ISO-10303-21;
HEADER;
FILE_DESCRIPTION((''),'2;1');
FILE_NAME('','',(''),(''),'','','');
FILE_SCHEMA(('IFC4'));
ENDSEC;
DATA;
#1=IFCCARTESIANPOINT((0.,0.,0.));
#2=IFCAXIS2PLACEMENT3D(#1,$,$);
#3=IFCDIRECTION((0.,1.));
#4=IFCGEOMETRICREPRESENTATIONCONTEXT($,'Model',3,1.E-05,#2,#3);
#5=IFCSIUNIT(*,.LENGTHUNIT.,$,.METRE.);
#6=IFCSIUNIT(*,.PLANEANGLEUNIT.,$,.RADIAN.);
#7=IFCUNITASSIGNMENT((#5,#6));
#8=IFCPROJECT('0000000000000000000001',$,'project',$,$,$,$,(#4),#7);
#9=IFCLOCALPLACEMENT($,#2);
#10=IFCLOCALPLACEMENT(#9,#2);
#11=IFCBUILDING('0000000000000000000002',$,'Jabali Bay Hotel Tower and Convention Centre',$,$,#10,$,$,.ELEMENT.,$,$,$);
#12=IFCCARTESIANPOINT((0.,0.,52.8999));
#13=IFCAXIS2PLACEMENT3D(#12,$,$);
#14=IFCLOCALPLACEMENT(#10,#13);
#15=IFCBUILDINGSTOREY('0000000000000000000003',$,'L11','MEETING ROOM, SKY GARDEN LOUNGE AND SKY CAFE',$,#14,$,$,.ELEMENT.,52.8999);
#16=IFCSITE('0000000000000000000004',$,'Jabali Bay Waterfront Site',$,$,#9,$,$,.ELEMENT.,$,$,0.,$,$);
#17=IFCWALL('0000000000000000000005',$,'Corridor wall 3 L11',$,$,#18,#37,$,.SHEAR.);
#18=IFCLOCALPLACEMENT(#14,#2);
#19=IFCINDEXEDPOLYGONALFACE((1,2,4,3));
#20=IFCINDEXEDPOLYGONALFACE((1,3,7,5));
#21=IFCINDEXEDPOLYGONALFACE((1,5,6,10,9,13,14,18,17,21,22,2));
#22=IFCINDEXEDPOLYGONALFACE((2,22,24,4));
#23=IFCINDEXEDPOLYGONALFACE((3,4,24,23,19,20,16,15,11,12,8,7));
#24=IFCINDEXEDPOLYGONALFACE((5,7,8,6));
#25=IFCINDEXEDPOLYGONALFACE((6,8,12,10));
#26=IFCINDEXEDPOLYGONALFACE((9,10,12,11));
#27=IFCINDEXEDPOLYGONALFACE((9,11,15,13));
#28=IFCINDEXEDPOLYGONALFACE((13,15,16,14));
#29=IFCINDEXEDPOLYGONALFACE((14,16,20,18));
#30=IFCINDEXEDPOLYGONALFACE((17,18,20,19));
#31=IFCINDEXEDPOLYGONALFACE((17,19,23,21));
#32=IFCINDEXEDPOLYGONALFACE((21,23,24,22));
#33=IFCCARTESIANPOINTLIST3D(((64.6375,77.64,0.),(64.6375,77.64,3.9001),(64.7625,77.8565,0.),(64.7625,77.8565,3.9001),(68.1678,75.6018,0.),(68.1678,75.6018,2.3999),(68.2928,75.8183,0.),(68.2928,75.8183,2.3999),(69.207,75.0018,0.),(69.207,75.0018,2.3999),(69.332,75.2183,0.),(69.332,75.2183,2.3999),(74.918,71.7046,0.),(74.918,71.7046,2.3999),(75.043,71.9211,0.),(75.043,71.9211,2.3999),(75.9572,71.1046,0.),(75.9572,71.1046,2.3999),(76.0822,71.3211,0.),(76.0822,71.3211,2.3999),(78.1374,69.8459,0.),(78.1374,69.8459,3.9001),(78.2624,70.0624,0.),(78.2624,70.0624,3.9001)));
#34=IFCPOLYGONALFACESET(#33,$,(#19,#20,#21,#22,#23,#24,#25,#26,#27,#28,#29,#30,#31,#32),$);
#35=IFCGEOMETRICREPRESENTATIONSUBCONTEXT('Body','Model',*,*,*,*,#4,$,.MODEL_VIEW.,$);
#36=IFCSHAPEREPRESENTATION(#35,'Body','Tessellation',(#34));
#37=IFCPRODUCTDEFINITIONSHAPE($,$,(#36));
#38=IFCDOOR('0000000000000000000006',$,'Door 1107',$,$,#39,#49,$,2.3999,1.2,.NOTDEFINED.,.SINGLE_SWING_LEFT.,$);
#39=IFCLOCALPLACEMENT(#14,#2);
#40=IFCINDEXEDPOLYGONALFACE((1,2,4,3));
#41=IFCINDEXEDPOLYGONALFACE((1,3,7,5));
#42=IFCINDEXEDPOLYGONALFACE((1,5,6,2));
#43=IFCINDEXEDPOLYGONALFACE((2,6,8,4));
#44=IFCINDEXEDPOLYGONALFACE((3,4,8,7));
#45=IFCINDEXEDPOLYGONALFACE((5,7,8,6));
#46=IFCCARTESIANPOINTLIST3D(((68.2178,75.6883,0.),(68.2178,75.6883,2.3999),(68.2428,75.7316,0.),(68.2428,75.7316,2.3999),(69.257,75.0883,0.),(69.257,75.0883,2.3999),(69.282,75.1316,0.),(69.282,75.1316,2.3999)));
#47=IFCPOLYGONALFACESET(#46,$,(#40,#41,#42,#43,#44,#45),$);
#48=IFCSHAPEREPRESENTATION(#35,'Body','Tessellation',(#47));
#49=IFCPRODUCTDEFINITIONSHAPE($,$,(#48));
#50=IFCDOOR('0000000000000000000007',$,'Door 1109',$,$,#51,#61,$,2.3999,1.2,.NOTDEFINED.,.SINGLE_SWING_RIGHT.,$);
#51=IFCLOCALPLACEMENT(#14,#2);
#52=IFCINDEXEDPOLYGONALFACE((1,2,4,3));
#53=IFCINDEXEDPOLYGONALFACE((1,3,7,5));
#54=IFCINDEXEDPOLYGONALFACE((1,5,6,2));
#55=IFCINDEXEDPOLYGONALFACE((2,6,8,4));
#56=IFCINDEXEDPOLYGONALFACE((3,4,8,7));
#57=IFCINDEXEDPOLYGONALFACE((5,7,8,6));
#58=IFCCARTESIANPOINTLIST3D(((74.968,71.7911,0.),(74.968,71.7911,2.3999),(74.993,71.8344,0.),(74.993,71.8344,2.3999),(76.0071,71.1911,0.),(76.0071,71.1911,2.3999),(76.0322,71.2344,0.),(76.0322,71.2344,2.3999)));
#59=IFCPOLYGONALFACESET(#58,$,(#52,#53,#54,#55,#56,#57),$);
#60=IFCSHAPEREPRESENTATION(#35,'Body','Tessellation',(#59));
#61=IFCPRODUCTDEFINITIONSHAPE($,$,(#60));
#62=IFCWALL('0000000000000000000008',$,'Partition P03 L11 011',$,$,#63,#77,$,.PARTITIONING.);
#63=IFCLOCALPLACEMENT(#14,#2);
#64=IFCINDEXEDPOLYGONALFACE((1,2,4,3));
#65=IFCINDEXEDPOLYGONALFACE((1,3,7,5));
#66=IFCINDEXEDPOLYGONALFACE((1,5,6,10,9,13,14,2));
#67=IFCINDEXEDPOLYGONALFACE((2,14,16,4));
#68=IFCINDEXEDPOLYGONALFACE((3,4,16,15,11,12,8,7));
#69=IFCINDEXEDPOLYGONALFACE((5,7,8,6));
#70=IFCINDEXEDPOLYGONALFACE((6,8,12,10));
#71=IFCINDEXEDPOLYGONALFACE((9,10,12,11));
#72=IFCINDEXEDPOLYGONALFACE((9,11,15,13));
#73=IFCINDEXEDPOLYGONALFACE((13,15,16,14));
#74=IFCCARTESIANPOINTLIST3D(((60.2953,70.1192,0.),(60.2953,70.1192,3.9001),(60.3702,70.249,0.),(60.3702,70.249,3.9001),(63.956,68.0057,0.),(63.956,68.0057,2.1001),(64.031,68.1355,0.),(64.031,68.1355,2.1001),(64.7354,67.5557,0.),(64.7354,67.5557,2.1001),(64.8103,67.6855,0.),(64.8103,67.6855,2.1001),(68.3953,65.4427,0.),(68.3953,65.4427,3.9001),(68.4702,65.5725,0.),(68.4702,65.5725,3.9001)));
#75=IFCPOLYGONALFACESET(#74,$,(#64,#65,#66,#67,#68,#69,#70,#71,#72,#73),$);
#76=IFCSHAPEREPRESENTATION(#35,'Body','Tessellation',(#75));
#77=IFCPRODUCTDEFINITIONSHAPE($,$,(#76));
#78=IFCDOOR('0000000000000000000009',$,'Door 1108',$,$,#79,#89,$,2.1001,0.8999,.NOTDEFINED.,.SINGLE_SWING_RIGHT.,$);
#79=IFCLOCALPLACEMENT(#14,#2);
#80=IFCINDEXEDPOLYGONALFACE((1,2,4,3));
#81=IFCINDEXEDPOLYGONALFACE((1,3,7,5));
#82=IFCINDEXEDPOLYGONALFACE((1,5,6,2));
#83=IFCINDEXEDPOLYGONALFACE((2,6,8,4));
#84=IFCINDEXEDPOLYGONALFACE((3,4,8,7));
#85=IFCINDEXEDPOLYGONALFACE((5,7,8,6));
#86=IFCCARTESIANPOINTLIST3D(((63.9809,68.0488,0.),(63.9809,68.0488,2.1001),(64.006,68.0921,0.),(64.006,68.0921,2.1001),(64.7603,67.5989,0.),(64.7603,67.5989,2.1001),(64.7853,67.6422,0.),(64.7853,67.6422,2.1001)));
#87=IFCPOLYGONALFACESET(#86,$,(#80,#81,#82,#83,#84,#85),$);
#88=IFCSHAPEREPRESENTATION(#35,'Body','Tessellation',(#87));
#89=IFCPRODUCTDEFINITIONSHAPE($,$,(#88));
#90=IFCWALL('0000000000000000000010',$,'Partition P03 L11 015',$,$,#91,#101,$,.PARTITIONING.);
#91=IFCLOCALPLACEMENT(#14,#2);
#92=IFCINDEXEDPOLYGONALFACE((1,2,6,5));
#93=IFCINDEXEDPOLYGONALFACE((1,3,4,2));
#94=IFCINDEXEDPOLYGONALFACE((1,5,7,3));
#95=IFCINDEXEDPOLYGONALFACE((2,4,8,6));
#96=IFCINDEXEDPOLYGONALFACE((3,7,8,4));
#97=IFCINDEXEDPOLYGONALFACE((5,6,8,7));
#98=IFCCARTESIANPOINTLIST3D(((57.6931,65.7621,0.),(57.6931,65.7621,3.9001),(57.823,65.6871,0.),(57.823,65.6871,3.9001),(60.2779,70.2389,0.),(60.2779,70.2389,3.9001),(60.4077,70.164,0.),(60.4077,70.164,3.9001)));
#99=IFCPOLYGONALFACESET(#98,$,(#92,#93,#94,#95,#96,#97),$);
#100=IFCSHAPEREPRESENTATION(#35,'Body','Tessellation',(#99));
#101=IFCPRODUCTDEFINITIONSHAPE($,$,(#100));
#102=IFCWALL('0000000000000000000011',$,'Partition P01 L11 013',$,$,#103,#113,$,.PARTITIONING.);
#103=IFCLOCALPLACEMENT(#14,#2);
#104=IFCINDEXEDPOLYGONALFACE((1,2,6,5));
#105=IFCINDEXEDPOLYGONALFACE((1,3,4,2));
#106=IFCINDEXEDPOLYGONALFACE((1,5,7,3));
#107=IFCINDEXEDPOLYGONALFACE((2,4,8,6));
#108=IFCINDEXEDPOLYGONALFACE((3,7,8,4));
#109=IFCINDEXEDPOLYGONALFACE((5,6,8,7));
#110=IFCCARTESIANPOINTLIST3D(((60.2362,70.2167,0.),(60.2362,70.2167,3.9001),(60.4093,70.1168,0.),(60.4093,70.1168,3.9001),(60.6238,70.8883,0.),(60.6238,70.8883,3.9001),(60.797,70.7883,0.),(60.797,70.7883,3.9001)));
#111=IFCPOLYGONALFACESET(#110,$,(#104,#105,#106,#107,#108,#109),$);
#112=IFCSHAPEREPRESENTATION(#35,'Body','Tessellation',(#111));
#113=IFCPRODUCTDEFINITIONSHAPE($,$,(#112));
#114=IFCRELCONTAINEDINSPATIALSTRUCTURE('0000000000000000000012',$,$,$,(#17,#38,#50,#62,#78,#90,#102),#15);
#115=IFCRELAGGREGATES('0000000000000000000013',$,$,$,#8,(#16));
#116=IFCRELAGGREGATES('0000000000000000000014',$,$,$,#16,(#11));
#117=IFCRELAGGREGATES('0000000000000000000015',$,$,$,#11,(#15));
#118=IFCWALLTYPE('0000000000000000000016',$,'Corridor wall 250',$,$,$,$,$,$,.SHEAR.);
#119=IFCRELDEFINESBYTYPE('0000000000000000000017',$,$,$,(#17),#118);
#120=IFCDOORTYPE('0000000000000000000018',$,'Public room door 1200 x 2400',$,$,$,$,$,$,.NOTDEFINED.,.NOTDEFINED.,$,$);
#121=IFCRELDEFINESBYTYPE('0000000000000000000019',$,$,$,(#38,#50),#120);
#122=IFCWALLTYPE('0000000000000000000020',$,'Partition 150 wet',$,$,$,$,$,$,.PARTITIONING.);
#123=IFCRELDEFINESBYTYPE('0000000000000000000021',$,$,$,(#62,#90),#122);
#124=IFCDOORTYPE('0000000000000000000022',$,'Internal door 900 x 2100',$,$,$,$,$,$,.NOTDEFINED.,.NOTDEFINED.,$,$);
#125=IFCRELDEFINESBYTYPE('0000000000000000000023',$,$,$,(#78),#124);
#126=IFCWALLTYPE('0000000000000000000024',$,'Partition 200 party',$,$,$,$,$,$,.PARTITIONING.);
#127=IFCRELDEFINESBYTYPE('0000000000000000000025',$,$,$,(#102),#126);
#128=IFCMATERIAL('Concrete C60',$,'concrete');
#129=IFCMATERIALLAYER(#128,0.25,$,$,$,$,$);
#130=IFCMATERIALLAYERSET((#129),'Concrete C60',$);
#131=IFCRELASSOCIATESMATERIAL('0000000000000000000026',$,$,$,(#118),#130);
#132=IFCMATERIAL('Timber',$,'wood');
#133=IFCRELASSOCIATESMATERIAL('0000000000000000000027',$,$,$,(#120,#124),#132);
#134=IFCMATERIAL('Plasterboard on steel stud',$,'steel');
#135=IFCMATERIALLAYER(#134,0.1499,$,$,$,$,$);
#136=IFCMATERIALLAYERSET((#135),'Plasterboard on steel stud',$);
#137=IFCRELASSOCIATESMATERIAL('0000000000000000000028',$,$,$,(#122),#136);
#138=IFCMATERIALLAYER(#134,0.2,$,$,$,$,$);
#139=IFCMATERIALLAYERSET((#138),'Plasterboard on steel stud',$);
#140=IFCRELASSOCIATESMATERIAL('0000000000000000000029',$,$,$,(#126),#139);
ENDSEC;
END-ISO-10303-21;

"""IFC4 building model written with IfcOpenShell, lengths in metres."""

from ifc_helpers import new_model, si_unit, direction, frame, frame_2d, origin, place, context, subcontext, project, spatial, rectangle, extrude, material, layer, layer_set, type_object, element, fill, save


model = new_model("IFC4")

# Units and contexts
model_context = context("Model", 3, precision=1e-05, world=origin(), true_north=direction((0.0, 1.0)))
body_context = subcontext(model_context, "Body", "Model", "MODEL_VIEW")
ifc_project = project(units=[si_unit("LENGTHUNIT", "METRE"), si_unit("PLANEANGLEUNIT", "RADIAN")], contexts=[model_context])

# Site, building, storey
site_placement = place(None, origin())
site = spatial("IfcSite", under=ifc_project, at=site_placement, Name="Jabali Bay Waterfront Site", CompositionType="ELEMENT", RefElevation=0.0)
building_placement = place(site_placement, origin())
building = spatial("IfcBuilding", under=site, at=building_placement, Name="Jabali Bay Hotel Tower and Convention Centre", CompositionType="ELEMENT")
storey_placement = place(building_placement, frame((0.0, 0.0, 52.8999)))
storey = spatial("IfcBuildingStorey", under=building, at=storey_placement, Name="L11", Description="MEETING ROOM, SKY GARDEN LOUNGE AND SKY CAFE", CompositionType="ELEMENT", Elevation=52.8999)

# Shared definitions
ifc_material_1 = material(Name="Concrete C60", Category="concrete")

# Wall, openings, doors
ifc_layer_1 = layer(ifc_material_1, 0.25)
ifc_layer_set_1 = layer_set([ifc_layer_1], Name="Concrete C60")
wall_type_1 = type_object("IfcWallType", Name="Corridor wall 250", PredefinedType="SHEAR", material=ifc_layer_set_1)
wall_1_placement = place(storey_placement, frame((64.7, 77.7483, 0.0), z_axis=(0.0, 0.0, 1.0), x_axis=(0.866026, -0.499998, 0.0)))
wall_1 = element("IfcWall", 1, at=wall_1_placement, inside=storey, type_object=wall_type_1, Name="Corridor wall 3 L11", PredefinedType="SHEAR", context=body_context, shape_type="SweptSolid", body=[
    extrude(rectangle(XDim=15.5884, YDim=0.25, at=frame_2d((7.7942, 0.0))), origin(), (0.0, 0.0, 1.0), 3.9001),
])
opening_1_placement = place(wall_1_placement, frame((4.0764, 0.0, 0.0)))
opening_1 = element("IfcOpeningElement", 2, at=opening_1_placement, cuts=wall_1, PredefinedType="OPENING", context=body_context, shape_type="SweptSolid", body=[
    extrude(rectangle(XDim=1.2, YDim=2.3999, at=frame_2d((0.6001, 1.2))), frame((0.0, 0.1355, 0.0), z_axis=(0.0, -1.0, 0.0), x_axis=(1.0, 0.0, 0.0)), (0.0, 0.0, 1.0), 0.271),
])
opening_2_placement = place(wall_1_placement, frame((11.8708, 0.0, 0.0)))
opening_2 = element("IfcOpeningElement", 3, at=opening_2_placement, cuts=wall_1, PredefinedType="OPENING", context=body_context, shape_type="SweptSolid", body=[
    extrude(rectangle(XDim=1.2, YDim=2.3999, at=frame_2d((0.6001, 1.2))), frame((0.0, 0.1355, 0.0), z_axis=(0.0, -1.0, 0.0), x_axis=(1.0, 0.0, 0.0)), (0.0, 0.0, 1.0), 0.271),
])
ifc_material_2 = material(Name="Timber", Category="wood")
door_type_1 = type_object("IfcDoorType", Name="Public room door 1200 x 2400", OperationType="NOTDEFINED", PredefinedType="NOTDEFINED", material=ifc_material_2)
door_1_placement = place(opening_1_placement, origin())
door_1 = element("IfcDoor", 4, at=door_1_placement, inside=storey, type_object=door_type_1, Name="Door 1107", OperationType="SINGLE_SWING_LEFT", OverallHeight=2.3999, OverallWidth=1.2, PredefinedType="NOTDEFINED", context=body_context, shape_type="SweptSolid", body=[
    extrude(rectangle(XDim=1.2, YDim=2.3999, at=frame_2d((0.6001, 1.2))), frame((0.0, 0.0249, 0.0), z_axis=(0.0, -1.0, 0.0), x_axis=(1.0, 0.0, 0.0)), (0.0, 0.0, 1.0), 0.05),
])
fill(opening_1, door_1)
door_2_placement = place(opening_2_placement, origin())
door_2 = element("IfcDoor", 5, at=door_2_placement, inside=storey, type_object=door_type_1, Name="Door 1109", OperationType="SINGLE_SWING_RIGHT", OverallHeight=2.3999, OverallWidth=1.2, PredefinedType="NOTDEFINED", context=body_context, shape_type="SweptSolid", body=[
    extrude(rectangle(XDim=1.2, YDim=2.3999, at=frame_2d((0.6001, 1.2))), frame((0.0, 0.0249, 0.0), z_axis=(0.0, -1.0, 0.0), x_axis=(1.0, 0.0, 0.0)), (0.0, 0.0, 1.0), 0.05),
])
fill(opening_2, door_2)

# Wall, opening, door
ifc_material_3 = material(Name="Plasterboard on steel stud", Category="steel")
ifc_layer_2 = layer(ifc_material_3, 0.1499)
ifc_layer_set_2 = layer_set([ifc_layer_2], Name="Plasterboard on steel stud")
wall_type_2 = type_object("IfcWallType", Name="Partition 150 wet", PredefinedType="PARTITIONING", material=ifc_layer_set_2)
wall_2_placement = place(storey_placement, frame((60.3328, 70.1841, 0.0), z_axis=(0.0, 0.0, 1.0), x_axis=(0.866029, -0.499994, 0.0)))
wall_2 = element("IfcWall", 6, at=wall_2_placement, inside=storey, type_object=wall_type_2, Name="Partition P03 L11 011", PredefinedType="PARTITIONING", context=body_context, shape_type="SweptSolid", body=[
    extrude(rectangle(XDim=9.353, YDim=0.1499, at=frame_2d((4.6765, 0.0))), origin(), (0.0, 0.0, 1.0), 3.9001),
])
opening_3_placement = place(wall_2_placement, frame((4.2271, 0.0, 0.0)))
opening_3 = element("IfcOpeningElement", 7, at=opening_3_placement, cuts=wall_2, PredefinedType="OPENING", context=body_context, shape_type="SweptSolid", body=[
    extrude(rectangle(XDim=0.8999, YDim=2.1001, at=frame_2d((0.45, 1.05))), frame((0.0, 0.0854, 0.0), z_axis=(0.0, -1.0, 0.0), x_axis=(1.0, 0.0, 0.0)), (0.0, 0.0, 1.0), 0.1709),
])
door_type_2 = type_object("IfcDoorType", Name="Internal door 900 x 2100", OperationType="NOTDEFINED", PredefinedType="NOTDEFINED", material=ifc_material_2)
door_3_placement = place(opening_3_placement, origin())
door_3 = element("IfcDoor", 8, at=door_3_placement, inside=storey, type_object=door_type_2, Name="Door 1108", OperationType="SINGLE_SWING_RIGHT", OverallHeight=2.1001, OverallWidth=0.8999, PredefinedType="NOTDEFINED", context=body_context, shape_type="SweptSolid", body=[
    extrude(rectangle(XDim=0.8999, YDim=2.1001, at=frame_2d((0.45, 1.05))), frame((0.0, 0.0249, 0.0), z_axis=(0.0, -1.0, 0.0), x_axis=(1.0, 0.0, 0.0)), (0.0, 0.0, 1.0), 0.05),
])
fill(opening_3, door_3)

# Walls
wall_3_placement = place(storey_placement, frame((57.7581, 65.7246, 0.0), z_axis=(0.0, 0.0, 1.0), x_axis=(0.500005, 0.866023, 0.0)))
element("IfcWall", 9, at=wall_3_placement, inside=storey, type_object=wall_type_2, Name="Partition P03 L11 015", PredefinedType="PARTITIONING", context=body_context, shape_type="SweptSolid", body=[
    extrude(rectangle(XDim=5.1694, YDim=0.1499, at=frame_2d((2.5847, 0.0))), origin(), (0.0, 0.0, 1.0), 3.9001),
])
ifc_layer_3 = layer(ifc_material_3, 0.2)
ifc_layer_set_3 = layer_set([ifc_layer_3], Name="Plasterboard on steel stud")
wall_type_3 = type_object("IfcWallType", Name="Partition 200 party", PredefinedType="PARTITIONING", material=ifc_layer_set_3)
wall_4_placement = place(storey_placement, frame((60.3228, 70.1667, 0.0), z_axis=(0.0, 0.0, 1.0), x_axis=(0.499931, 0.866065, 0.0)))
element("IfcWall", 10, at=wall_4_placement, inside=storey, type_object=wall_type_3, Name="Partition P01 L11 013", PredefinedType="PARTITIONING", context=body_context, shape_type="SweptSolid", body=[
    extrude(rectangle(XDim=0.7754, YDim=0.2, at=frame_2d((0.3877, 0.0))), origin(), (0.0, 0.0, 1.0), 3.9001),
])

save(model, "model.ifc")
